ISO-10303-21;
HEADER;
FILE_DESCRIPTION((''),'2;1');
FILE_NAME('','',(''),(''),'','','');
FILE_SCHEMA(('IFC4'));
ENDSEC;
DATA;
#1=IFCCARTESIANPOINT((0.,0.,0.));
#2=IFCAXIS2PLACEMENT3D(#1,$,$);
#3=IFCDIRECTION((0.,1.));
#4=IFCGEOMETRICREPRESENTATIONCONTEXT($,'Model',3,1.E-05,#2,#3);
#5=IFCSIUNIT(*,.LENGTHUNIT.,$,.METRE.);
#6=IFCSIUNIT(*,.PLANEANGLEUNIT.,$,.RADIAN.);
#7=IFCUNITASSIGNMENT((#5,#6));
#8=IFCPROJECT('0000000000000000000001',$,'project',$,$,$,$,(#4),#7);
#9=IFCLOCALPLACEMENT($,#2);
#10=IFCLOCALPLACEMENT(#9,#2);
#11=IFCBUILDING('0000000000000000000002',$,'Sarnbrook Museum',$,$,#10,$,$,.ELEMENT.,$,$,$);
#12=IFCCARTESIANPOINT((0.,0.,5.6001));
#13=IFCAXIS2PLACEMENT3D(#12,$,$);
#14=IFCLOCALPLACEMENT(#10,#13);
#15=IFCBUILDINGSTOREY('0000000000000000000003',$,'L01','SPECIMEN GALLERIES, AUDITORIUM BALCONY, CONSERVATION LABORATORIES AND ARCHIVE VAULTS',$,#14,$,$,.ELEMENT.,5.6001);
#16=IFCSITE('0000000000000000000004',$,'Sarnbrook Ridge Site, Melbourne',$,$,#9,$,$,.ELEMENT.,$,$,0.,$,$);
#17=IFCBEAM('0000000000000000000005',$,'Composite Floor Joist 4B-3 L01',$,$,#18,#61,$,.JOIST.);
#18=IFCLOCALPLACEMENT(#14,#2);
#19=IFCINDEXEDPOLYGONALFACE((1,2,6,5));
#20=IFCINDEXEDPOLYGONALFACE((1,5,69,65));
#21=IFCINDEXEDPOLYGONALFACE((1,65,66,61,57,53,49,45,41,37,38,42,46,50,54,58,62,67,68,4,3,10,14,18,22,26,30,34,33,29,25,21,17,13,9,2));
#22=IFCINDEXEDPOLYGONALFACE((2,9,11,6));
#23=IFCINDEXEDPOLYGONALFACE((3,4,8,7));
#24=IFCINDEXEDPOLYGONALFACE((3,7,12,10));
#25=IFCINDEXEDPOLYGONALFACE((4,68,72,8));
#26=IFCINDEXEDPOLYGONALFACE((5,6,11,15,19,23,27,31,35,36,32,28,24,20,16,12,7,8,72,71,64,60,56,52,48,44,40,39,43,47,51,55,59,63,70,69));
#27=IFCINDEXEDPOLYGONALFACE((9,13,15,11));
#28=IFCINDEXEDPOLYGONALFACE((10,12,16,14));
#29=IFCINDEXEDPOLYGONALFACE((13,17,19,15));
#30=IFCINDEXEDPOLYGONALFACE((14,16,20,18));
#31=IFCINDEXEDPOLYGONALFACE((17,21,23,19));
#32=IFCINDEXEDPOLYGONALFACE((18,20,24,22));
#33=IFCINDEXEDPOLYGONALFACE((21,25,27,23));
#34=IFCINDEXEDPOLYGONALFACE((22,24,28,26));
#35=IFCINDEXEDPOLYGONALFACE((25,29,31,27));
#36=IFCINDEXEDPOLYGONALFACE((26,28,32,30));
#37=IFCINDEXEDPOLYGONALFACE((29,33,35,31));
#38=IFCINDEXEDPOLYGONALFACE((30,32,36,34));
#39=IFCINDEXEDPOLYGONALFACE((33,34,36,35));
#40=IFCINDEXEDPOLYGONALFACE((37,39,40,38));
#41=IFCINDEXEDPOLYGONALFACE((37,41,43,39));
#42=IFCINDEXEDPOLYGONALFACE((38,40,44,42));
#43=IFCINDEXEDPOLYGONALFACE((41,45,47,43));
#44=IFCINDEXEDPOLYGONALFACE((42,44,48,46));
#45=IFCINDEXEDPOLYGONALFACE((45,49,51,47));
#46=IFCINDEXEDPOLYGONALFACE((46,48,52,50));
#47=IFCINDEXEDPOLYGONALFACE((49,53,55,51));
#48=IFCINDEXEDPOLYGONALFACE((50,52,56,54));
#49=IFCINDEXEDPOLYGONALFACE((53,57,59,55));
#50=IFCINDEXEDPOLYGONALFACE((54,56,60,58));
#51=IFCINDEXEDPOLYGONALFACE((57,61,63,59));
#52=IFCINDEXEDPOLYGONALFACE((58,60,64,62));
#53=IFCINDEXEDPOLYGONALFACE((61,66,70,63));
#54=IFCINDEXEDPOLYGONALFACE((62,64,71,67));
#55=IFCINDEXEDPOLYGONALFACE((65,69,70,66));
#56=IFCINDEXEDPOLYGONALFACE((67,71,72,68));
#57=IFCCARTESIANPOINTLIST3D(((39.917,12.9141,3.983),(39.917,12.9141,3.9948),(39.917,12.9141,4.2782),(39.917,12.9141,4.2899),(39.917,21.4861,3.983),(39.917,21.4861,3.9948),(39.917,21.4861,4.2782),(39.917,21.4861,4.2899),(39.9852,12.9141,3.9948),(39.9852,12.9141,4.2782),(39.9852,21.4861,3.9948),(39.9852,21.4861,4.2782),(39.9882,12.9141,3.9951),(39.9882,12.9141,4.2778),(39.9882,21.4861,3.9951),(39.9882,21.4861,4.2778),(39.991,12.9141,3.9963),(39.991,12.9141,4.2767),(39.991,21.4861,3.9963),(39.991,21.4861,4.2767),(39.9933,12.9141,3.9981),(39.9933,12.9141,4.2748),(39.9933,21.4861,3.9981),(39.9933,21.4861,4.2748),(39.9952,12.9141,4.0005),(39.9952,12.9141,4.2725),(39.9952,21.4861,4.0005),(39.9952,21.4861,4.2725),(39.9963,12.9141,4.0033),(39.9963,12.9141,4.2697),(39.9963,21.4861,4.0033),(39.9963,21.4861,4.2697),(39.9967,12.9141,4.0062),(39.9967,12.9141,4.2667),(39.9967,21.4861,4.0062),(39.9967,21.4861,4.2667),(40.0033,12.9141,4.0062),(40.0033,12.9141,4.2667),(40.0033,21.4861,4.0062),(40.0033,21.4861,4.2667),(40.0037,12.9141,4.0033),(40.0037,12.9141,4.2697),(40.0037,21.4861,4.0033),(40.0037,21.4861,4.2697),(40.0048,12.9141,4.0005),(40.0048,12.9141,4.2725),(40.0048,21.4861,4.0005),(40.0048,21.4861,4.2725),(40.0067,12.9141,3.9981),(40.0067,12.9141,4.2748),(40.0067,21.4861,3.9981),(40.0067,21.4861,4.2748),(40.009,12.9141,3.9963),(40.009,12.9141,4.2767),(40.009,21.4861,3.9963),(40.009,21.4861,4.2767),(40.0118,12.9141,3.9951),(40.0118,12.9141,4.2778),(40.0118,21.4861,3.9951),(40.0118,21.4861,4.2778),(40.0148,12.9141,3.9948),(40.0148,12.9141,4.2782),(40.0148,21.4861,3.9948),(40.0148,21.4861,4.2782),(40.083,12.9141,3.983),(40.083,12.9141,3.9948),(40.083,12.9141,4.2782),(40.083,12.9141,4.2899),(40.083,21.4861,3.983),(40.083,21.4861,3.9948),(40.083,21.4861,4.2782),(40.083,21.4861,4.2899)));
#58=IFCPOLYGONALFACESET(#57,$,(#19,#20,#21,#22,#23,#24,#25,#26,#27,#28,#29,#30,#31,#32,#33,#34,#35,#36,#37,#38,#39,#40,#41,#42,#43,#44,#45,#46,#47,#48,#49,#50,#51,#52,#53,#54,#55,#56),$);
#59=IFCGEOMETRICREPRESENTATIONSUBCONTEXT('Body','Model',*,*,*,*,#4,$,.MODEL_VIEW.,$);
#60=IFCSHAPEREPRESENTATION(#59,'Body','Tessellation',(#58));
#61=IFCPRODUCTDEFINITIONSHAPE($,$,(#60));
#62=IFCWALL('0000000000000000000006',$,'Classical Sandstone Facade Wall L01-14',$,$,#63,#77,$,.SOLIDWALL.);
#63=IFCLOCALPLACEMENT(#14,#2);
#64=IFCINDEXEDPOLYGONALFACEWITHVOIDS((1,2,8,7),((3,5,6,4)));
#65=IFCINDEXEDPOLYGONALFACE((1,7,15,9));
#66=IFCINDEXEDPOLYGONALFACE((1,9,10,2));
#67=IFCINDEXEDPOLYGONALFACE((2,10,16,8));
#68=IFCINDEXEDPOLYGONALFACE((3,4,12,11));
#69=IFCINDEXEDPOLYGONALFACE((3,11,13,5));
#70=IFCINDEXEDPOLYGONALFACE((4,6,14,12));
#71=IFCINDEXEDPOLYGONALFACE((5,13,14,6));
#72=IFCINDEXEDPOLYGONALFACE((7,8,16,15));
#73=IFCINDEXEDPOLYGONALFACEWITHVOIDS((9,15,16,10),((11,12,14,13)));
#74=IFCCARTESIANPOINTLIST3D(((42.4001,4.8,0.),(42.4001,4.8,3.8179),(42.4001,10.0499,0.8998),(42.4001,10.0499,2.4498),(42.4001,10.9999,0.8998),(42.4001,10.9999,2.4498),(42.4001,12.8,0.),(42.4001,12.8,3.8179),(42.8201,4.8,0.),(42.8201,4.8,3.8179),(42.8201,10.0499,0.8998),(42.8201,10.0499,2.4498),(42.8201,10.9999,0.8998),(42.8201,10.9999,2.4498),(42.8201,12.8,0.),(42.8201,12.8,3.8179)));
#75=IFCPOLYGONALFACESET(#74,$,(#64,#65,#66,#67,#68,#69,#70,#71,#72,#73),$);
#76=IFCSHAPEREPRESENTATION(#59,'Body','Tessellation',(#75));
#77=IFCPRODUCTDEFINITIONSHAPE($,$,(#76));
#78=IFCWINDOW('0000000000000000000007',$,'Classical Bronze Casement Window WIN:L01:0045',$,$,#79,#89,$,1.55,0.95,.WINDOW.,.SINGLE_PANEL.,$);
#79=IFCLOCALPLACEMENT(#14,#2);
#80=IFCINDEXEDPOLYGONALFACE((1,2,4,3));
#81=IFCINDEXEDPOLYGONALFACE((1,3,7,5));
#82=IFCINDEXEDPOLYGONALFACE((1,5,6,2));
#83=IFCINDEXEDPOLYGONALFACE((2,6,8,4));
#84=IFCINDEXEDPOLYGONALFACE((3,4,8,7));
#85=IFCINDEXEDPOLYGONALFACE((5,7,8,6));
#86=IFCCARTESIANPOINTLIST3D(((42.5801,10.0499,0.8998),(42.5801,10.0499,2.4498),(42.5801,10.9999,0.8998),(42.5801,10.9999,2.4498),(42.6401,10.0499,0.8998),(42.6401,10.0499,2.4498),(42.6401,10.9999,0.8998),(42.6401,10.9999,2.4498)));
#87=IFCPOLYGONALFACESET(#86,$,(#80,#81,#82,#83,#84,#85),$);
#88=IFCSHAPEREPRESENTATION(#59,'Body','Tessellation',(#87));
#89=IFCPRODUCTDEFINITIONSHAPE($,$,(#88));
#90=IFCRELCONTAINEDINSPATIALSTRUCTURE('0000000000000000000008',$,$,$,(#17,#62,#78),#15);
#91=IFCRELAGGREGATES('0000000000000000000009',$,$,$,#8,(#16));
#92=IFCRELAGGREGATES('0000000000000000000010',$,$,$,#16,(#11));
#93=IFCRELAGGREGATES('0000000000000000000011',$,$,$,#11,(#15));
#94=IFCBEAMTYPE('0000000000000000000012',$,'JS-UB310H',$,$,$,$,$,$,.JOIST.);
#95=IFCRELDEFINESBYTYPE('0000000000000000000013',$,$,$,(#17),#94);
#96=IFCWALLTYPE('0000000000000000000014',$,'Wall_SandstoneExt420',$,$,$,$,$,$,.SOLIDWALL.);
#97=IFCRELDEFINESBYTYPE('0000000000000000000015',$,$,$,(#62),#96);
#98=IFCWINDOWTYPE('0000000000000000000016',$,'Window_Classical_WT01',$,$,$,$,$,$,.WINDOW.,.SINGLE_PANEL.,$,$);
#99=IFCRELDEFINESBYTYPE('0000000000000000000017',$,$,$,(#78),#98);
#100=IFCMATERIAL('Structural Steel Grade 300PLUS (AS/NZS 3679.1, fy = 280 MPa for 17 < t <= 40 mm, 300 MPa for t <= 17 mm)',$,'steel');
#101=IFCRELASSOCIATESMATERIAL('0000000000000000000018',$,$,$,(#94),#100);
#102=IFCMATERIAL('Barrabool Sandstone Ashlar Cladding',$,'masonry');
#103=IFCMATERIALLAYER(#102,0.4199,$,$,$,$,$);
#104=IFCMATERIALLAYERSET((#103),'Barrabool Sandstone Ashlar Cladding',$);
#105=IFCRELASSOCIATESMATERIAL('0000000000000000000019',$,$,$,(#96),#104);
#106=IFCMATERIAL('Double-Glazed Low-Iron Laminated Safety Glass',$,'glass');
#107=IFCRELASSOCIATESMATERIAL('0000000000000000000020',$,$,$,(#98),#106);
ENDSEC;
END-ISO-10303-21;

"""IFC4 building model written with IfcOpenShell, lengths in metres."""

from ifc_helpers import new_model, si_unit, direction, frame, frame_2d, origin, origin_2d, place, context, subcontext, project, spatial, rectangle, i_section, extrude, material, layer, layer_set, material_profile, profile_set, type_object, element, fill, save


model = new_model("IFC4")

# Units and contexts
model_context = context("Model", 3, precision=1e-05, world=origin(), true_north=direction((0.0, 1.0)))
body_context = subcontext(model_context, "Body", "Model", "MODEL_VIEW")
ifc_project = project(units=[si_unit("LENGTHUNIT", "METRE"), si_unit("PLANEANGLEUNIT", "RADIAN")], contexts=[model_context])

# Site, building, storey
site_placement = place(None, origin())
site = spatial("IfcSite", under=ifc_project, at=site_placement, Name="Sarnbrook Ridge Site, Melbourne", CompositionType="ELEMENT", RefElevation=0.0)
building_placement = place(site_placement, origin())
building = spatial("IfcBuilding", under=site, at=building_placement, Name="Sarnbrook Museum", CompositionType="ELEMENT")
storey_placement = place(building_placement, frame((0.0, 0.0, 5.6001)))
storey = spatial("IfcBuildingStorey", under=building, at=storey_placement, Name="L01", Description="SPECIMEN GALLERIES, AUDITORIUM BALCONY, CONSERVATION LABORATORIES AND ARCHIVE VAULTS", CompositionType="ELEMENT", Elevation=5.6001)

# Shared definitions
ifc_material_1 = material(Name="Structural Steel Grade 300PLUS (AS/NZS 3679.1, fy = 280 MPa for 17 < t <= 40 mm, 300 MPa for t <= 17 mm)", Category="steel")

# Beam
ifc_material_profile_1 = material_profile(ifc_material_1, i_section(OverallWidth=0.166, OverallDepth=0.3069, WebThickness=0.0066, FlangeThickness=0.0117, FilletRadius=0.0115, at=origin_2d()), Name="310UB46.2")
ifc_profile_set_1 = profile_set([ifc_material_profile_1], Name="Structural Steel Grade 300PLUS (AS/NZS 3679.1, fy = 280 MPa for 17 < t <= 40 mm, 300 MPa for t <= 17 mm)")
beam_type_1 = type_object("IfcBeamType", Name="JS-UB310H", PredefinedType="JOIST", material=ifc_profile_set_1)
for number, where, z_axis, x_axis, name in (
    (1, (40.0, 12.9141, 4.1365), (0.0, 1.0, 0.0), (-1.0, 0.0, 0.0), "Composite Floor Joist 4B-3 L01"),
):
    element("IfcBeam", number, at=place(storey_placement, frame(where, z_axis=z_axis, x_axis=x_axis)), inside=storey, type_object=beam_type_1, Name=name, PredefinedType="JOIST", context=body_context, shape_type="SweptSolid", body=[
        extrude(i_section(OverallWidth=0.166, OverallDepth=0.3069, WebThickness=0.0066, FlangeThickness=0.0117, FilletRadius=0.0115, at=origin_2d()), origin(), (0.0, 0.0, 1.0), 8.572),
    ])

# Wall, opening, window
ifc_material_2 = material(Name="Barrabool Sandstone Ashlar Cladding", Category="masonry")
ifc_layer_1 = layer(ifc_material_2, 0.4199)
ifc_layer_set_1 = layer_set([ifc_layer_1], Name="Barrabool Sandstone Ashlar Cladding")
wall_type = type_object("IfcWallType", Name="Wall_SandstoneExt420", PredefinedType="SOLIDWALL", material=ifc_layer_set_1)
wall_1_placement = place(storey_placement, frame((42.6101, 12.8, 0.0), z_axis=(0.0, 0.0, 1.0), x_axis=(0.0, -1.0, 0.0)))
wall_1 = element("IfcWall", 2, at=wall_1_placement, inside=storey, type_object=wall_type, Name="Classical Sandstone Facade Wall L01-14", PredefinedType="SOLIDWALL", context=body_context, shape_type="SweptSolid", body=[
    extrude(rectangle(XDim=8.0, YDim=0.4199, at=frame_2d((4.0, 0.0))), origin(), (0.0, 0.0, 1.0), 3.8179),
])
opening_1_placement = place(wall_1_placement, frame((1.8, 0.0, 0.8999)))
opening_1 = element("IfcOpeningElement", 3, at=opening_1_placement, cuts=wall_1, PredefinedType="OPENING", context=body_context, shape_type="SweptSolid", body=[
    extrude(rectangle(XDim=0.95, YDim=1.55, at=frame_2d((0.4751, 0.7749))), frame((0.0, 0.22, 0.0), z_axis=(0.0, -1.0, 0.0), x_axis=(1.0, 0.0, 0.0)), (0.0, 0.0, 1.0), 0.4399),
])
ifc_material_3 = material(Name="Double-Glazed Low-Iron Laminated Safety Glass", Category="glass")
window_type_1 = type_object("IfcWindowType", Name="Window_Classical_WT01", PartitioningType="SINGLE_PANEL", PredefinedType="WINDOW", material=ifc_material_3)
window_1_placement = place(opening_1_placement, origin())
window_1 = element("IfcWindow", 4, at=window_1_placement, inside=storey, type_object=window_type_1, Name="Classical Bronze Casement Window WIN:L01:0045", OverallHeight=1.55, OverallWidth=0.95, PartitioningType="SINGLE_PANEL", PredefinedType="WINDOW", context=body_context, shape_type="SweptSolid", body=[
    extrude(rectangle(XDim=0.95, YDim=1.55, at=frame_2d((0.4751, 0.7749))), frame((0.0, 0.03, 0.0), z_axis=(0.0, -1.0, 0.0), x_axis=(1.0, 0.0, 0.0)), (0.0, 0.0, 1.0), 0.0601),
])
fill(opening_1, window_1)

save(model, "model.ifc")
